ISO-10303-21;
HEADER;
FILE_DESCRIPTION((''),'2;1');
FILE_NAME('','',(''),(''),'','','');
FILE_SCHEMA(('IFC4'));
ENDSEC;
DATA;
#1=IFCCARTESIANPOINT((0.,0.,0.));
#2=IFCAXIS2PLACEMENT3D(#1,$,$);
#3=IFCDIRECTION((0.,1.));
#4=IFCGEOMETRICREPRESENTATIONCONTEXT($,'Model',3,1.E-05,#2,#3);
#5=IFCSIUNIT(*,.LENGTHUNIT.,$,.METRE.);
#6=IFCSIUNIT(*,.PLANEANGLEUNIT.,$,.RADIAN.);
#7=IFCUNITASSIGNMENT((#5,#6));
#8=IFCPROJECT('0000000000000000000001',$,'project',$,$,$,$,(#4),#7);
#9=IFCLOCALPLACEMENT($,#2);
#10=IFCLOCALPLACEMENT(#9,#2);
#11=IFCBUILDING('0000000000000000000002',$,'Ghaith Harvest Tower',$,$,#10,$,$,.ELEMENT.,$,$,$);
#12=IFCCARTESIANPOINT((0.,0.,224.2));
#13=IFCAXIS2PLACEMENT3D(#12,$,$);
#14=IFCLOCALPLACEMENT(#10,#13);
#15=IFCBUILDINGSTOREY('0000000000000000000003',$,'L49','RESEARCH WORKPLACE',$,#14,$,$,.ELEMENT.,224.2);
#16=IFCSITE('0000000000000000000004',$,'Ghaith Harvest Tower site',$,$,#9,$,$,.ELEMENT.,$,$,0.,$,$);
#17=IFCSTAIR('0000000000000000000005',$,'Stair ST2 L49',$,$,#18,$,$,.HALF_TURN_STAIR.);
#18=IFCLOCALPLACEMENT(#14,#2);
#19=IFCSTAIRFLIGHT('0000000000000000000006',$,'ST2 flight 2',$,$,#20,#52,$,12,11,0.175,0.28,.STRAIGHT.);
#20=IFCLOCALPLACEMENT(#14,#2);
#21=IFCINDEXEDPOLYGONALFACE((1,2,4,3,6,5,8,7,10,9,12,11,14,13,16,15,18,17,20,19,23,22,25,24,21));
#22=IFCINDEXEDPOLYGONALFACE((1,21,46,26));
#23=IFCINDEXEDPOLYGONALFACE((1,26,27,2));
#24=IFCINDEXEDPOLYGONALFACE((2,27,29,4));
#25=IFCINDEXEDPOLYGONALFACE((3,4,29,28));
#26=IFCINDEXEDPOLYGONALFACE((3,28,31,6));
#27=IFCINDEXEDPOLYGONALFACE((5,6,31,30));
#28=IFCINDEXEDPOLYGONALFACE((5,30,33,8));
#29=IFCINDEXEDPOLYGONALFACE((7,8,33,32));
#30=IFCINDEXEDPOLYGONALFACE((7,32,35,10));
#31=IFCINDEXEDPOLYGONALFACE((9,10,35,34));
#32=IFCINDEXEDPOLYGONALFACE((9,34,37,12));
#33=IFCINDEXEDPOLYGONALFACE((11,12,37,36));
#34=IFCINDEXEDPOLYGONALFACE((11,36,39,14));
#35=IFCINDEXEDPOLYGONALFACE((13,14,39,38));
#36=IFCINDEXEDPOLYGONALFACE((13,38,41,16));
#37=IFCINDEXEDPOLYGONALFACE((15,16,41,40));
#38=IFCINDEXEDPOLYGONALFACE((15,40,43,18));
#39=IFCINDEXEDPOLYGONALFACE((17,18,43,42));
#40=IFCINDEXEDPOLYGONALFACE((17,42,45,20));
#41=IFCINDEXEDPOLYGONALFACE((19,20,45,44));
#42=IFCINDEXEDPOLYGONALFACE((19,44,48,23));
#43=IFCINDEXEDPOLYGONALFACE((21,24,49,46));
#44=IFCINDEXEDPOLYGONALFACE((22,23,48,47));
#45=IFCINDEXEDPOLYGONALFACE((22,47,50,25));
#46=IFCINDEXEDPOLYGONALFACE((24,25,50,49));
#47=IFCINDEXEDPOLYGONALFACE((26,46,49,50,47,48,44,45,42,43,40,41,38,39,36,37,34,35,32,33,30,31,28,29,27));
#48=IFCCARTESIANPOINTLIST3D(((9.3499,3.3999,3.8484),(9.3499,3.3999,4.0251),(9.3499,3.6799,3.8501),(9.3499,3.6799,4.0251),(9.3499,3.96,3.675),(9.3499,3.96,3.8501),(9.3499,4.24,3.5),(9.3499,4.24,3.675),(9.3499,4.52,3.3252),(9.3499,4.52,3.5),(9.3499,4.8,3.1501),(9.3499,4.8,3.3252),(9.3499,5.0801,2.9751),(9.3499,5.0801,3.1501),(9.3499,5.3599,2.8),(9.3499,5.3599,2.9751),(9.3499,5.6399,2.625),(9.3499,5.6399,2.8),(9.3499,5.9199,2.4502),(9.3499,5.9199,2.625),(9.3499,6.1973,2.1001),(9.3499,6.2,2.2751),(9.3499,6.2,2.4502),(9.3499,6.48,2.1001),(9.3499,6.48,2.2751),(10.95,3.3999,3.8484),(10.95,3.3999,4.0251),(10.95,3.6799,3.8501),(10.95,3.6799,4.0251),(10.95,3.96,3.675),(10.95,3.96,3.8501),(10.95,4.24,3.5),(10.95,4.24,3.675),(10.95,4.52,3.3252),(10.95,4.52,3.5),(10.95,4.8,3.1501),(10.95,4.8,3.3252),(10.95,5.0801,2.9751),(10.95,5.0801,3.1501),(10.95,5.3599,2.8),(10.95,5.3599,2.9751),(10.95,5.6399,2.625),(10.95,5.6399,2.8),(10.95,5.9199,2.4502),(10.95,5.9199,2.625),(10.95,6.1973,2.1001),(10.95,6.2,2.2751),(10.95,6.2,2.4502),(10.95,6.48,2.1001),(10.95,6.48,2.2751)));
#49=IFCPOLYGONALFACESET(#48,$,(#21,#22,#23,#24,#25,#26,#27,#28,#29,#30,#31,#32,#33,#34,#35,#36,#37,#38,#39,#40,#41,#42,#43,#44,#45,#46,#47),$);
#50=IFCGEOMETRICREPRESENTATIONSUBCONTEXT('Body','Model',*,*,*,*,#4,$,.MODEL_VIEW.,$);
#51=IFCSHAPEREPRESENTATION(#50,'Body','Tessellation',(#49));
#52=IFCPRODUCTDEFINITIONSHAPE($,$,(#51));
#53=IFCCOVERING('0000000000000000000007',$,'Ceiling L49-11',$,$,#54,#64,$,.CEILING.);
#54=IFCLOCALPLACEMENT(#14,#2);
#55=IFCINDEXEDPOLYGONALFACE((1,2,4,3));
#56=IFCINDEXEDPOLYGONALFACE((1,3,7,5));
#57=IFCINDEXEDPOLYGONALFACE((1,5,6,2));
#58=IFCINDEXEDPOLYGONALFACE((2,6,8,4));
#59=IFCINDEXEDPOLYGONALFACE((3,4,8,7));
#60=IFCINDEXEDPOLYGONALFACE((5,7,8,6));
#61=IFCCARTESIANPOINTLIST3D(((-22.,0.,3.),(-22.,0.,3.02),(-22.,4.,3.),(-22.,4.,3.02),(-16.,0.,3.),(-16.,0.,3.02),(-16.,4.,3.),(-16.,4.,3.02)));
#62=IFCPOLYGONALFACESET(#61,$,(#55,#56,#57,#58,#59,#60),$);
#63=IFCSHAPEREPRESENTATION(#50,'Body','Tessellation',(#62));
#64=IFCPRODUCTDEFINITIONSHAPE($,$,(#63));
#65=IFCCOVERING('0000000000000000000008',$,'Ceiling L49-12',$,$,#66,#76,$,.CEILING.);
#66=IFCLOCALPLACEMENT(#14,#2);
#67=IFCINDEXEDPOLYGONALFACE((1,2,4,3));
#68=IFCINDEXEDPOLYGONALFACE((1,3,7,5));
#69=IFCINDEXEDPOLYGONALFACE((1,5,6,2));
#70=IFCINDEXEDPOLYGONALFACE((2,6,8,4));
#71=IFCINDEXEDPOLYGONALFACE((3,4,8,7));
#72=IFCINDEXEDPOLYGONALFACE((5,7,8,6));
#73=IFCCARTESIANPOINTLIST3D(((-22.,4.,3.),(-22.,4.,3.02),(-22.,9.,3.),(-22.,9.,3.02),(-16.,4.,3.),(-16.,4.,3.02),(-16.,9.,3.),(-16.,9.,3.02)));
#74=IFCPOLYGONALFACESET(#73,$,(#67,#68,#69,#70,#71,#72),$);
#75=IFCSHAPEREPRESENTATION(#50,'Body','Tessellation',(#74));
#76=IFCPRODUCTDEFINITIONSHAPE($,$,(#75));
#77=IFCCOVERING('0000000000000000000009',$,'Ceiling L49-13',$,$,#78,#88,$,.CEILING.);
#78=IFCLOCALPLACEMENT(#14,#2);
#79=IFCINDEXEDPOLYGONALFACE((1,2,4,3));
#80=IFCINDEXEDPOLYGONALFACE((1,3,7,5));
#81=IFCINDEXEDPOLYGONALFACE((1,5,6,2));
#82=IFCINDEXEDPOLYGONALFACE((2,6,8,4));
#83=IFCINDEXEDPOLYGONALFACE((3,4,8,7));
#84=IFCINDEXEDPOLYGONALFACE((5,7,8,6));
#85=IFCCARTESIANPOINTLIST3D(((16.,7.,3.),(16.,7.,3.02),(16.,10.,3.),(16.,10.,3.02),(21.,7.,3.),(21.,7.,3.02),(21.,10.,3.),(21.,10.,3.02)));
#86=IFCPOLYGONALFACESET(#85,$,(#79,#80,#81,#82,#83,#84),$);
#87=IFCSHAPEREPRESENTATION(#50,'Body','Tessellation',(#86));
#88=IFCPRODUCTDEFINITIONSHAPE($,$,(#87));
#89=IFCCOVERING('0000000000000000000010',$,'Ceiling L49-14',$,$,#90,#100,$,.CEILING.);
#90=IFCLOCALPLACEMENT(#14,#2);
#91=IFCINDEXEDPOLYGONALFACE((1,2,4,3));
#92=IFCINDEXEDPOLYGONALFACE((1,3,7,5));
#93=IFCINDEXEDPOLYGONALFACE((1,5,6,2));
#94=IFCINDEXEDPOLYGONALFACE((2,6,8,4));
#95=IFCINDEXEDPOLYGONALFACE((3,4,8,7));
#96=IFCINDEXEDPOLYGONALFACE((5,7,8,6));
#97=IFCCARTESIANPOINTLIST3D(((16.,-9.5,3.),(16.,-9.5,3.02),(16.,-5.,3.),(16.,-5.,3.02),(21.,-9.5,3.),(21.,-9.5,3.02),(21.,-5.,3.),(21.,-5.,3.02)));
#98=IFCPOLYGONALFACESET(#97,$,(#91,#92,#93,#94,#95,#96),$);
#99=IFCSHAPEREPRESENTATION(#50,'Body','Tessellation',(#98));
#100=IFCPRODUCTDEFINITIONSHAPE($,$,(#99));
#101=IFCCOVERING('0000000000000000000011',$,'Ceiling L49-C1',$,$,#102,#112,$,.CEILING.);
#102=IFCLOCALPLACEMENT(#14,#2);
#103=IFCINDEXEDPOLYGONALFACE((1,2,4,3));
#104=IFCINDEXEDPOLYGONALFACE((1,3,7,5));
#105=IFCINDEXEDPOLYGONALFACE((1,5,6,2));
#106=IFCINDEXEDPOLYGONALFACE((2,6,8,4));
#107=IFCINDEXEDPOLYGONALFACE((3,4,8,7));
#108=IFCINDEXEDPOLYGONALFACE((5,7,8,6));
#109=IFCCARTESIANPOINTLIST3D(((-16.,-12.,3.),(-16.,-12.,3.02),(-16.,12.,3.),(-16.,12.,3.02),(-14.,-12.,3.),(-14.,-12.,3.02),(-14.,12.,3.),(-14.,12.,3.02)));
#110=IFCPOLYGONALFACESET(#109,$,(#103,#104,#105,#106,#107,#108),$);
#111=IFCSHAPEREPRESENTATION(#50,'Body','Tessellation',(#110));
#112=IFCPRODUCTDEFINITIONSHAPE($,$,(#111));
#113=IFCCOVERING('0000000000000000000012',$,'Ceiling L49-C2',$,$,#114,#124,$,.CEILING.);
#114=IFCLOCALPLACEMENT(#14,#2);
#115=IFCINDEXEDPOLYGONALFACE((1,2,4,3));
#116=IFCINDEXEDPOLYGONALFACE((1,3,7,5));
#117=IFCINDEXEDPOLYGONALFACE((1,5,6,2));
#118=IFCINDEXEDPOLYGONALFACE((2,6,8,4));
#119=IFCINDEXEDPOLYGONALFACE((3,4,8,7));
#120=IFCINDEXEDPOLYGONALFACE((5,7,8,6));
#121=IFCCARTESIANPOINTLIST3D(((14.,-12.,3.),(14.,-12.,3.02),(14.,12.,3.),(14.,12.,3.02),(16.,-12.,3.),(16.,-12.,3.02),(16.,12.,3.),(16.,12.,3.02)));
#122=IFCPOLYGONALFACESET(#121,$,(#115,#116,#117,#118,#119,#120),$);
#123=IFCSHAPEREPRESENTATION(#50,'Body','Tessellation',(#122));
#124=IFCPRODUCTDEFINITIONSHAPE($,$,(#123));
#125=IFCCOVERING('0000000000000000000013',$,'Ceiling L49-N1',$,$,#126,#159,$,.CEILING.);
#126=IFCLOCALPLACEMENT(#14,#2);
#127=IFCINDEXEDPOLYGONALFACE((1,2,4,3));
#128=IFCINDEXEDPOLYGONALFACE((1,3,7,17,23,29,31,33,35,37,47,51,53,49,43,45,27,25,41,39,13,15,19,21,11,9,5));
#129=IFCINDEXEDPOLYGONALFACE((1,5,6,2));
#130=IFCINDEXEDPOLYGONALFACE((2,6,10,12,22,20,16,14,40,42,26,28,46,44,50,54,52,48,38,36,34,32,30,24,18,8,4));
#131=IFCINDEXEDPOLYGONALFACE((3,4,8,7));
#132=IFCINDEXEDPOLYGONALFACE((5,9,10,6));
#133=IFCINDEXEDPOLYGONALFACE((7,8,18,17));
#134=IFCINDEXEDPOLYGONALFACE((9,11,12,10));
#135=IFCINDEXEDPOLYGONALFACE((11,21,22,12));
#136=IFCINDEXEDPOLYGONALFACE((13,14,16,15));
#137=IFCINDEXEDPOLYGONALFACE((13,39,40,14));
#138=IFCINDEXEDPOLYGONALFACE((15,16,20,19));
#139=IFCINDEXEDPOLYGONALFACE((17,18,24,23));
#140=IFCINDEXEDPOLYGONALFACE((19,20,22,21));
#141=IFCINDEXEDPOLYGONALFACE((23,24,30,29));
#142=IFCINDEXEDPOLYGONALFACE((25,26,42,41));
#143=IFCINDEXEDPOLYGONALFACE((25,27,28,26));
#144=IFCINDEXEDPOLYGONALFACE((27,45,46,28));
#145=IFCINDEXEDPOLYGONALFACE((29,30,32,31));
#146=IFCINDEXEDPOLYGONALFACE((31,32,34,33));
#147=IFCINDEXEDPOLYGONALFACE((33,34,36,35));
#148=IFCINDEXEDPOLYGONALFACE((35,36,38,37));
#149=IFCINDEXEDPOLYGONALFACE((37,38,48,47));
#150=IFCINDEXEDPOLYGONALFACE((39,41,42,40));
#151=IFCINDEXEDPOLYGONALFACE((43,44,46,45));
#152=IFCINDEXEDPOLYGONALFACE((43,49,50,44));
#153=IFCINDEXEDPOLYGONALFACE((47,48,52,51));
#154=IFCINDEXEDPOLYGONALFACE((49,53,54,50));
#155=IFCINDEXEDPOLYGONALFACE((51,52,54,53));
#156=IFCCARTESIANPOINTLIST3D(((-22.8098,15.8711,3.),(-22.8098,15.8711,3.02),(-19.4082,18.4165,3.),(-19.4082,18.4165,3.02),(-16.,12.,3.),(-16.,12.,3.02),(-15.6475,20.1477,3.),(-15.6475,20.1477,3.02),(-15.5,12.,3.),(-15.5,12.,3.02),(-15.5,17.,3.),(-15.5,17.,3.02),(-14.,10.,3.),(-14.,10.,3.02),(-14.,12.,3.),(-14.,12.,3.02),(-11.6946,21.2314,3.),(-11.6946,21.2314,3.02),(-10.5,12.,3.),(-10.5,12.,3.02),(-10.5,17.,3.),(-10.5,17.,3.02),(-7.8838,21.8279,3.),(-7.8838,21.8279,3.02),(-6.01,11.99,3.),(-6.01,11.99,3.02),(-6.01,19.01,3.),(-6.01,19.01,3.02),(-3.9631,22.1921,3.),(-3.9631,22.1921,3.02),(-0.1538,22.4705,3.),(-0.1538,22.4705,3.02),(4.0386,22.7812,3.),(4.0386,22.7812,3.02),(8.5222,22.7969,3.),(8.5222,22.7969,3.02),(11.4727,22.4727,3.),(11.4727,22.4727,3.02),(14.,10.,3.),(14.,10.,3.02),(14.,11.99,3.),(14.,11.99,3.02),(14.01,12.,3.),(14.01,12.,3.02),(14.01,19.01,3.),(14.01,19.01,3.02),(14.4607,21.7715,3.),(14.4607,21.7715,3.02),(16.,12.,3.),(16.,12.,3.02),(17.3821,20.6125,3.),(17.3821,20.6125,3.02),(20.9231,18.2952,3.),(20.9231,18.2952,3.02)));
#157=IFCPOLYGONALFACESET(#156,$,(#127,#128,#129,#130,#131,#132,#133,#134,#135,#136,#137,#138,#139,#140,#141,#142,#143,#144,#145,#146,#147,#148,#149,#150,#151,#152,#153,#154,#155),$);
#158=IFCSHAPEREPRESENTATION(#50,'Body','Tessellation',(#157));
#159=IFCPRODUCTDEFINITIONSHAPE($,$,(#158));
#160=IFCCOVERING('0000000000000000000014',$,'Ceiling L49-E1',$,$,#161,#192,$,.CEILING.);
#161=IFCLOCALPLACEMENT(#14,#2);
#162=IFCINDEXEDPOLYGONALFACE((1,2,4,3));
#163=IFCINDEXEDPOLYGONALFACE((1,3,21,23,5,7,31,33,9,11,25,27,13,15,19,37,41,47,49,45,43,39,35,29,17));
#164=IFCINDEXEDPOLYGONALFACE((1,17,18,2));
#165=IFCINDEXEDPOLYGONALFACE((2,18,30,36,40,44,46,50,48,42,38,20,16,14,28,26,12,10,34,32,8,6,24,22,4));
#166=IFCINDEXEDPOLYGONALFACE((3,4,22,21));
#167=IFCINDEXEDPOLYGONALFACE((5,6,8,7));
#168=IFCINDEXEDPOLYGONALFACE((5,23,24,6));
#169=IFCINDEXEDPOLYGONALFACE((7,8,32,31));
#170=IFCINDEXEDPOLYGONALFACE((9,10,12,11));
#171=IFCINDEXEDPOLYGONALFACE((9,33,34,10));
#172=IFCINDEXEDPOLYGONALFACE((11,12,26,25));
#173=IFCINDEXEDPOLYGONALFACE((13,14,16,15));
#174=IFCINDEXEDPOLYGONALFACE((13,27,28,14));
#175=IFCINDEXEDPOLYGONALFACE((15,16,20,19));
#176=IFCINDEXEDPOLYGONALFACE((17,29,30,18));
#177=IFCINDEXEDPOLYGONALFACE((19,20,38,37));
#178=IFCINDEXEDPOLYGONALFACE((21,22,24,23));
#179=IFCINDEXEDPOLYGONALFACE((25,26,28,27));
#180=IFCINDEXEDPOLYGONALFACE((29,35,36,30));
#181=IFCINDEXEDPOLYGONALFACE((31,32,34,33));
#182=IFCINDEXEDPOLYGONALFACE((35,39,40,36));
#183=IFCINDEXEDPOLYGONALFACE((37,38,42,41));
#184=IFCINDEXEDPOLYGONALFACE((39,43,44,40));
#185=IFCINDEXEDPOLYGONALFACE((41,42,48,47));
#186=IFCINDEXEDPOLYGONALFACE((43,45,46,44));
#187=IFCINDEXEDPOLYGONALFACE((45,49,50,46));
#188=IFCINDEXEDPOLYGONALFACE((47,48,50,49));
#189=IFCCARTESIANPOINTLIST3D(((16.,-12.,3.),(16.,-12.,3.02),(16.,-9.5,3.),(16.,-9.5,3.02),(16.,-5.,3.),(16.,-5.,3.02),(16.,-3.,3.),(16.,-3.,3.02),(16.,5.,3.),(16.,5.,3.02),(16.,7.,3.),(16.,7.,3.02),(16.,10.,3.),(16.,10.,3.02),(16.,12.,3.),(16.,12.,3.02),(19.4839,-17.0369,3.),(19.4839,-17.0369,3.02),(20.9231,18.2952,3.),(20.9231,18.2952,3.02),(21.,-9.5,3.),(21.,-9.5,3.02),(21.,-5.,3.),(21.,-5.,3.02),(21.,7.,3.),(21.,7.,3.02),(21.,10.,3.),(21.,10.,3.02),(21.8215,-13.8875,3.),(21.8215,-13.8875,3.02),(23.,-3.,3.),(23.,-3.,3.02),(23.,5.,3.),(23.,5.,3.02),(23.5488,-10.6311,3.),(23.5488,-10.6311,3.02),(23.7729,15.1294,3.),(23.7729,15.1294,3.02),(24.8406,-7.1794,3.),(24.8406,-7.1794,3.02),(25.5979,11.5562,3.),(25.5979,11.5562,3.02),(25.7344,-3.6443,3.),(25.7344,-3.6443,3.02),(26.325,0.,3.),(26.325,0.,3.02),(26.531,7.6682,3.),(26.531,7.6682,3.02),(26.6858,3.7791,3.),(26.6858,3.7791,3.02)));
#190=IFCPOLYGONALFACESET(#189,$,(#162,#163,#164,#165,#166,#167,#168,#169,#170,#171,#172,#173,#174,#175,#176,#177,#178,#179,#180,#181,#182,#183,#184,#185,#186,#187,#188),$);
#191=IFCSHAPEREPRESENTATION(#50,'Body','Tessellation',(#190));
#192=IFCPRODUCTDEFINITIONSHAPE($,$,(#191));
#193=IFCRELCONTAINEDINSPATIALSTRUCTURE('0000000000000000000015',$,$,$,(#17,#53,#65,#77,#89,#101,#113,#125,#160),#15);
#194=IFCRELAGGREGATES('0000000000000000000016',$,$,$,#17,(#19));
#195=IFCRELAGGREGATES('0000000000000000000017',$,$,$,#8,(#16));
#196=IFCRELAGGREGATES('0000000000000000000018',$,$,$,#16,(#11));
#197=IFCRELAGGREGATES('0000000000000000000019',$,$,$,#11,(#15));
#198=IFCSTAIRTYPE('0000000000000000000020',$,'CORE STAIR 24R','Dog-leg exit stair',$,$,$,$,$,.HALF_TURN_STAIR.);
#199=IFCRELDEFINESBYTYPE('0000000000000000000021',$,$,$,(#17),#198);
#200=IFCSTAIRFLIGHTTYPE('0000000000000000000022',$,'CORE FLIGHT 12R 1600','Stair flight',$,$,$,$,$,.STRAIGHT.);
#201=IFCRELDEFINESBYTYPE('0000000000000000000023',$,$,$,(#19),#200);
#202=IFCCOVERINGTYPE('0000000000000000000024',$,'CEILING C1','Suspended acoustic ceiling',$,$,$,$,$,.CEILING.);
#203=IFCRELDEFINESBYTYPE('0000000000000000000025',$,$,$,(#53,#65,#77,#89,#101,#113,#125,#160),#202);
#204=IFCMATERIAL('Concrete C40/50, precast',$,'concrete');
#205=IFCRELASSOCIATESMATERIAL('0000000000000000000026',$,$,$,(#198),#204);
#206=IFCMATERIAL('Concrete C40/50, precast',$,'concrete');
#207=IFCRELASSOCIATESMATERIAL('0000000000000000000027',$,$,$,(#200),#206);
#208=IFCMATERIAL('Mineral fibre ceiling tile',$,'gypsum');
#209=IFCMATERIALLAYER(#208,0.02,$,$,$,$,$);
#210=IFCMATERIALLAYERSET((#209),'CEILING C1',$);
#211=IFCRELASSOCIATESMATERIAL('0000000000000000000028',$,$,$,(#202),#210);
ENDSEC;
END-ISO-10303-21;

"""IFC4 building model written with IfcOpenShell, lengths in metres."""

from ifc_helpers import new_model, si_unit, direction, frame, origin, place, context, subcontext, project, spatial, polyline, outline, extrude, material, layer, layer_set, type_object, element, aggregate, save


model = new_model("IFC4")

# Units and contexts
model_context = context("Model", 3, precision=1e-05, world=origin(), true_north=direction((0.0, 1.0)))
body_context = subcontext(model_context, "Body", "Model", "MODEL_VIEW")
ifc_project = project(units=[si_unit("LENGTHUNIT", "METRE"), si_unit("PLANEANGLEUNIT", "RADIAN")], contexts=[model_context])

# Site, building, storey
site_placement = place(None, origin())
site = spatial("IfcSite", under=ifc_project, at=site_placement, Name="Ghaith Harvest Tower site", CompositionType="ELEMENT", RefElevation=0.0)
building_placement = place(site_placement, origin())
building = spatial("IfcBuilding", under=site, at=building_placement, Name="Ghaith Harvest Tower", CompositionType="ELEMENT")
storey_placement = place(building_placement, frame((0.0, 0.0, 224.2)))
storey = spatial("IfcBuildingStorey", under=building, at=storey_placement, Name="L49", Description="RESEARCH WORKPLACE", CompositionType="ELEMENT", Elevation=224.2)

# Stair, stair flight
ifc_material_1 = material(Name="Concrete C40/50, precast", Category="concrete")
stair_type = type_object("IfcStairType", Name="CORE STAIR 24R", Description="Dog-leg exit stair", PredefinedType="HALF_TURN_STAIR", material=ifc_material_1)
stair_placement = place(storey_placement, origin())
stair = element("IfcStair", 1, at=stair_placement, inside=storey, type_object=stair_type, Name="Stair ST2 L49", PredefinedType="HALF_TURN_STAIR")
ifc_material_2 = material(Name="Concrete C40/50, precast", Category="concrete")
stair_flight_type = type_object("IfcStairFlightType", Name="CORE FLIGHT 12R 1600", Description="Stair flight", PredefinedType="STRAIGHT", material=ifc_material_2)
stair_flight_1_placement = place(storey_placement, frame((10.1499, 6.48, 2.1001), z_axis=(0.0, 0.0, 1.0), x_axis=(0.0, -1.0, 0.0)))
stair_flight_1 = element("IfcStairFlight", 2, at=stair_flight_1_placement, type_object=stair_flight_type, Name="ST2 flight 2", NumberOfRisers=12, NumberOfTreads=11, PredefinedType="STRAIGHT", RiserHeight=0.175, TreadLength=0.28, context=body_context, shape_type="SweptSolid", body=[
    extrude(outline(polyline([(0.0, 0.0), (0.0, 0.175), (0.28, 0.175), (0.28, 0.3501), (0.5601, 0.3501), (0.5601, 0.5249), (0.8401, 0.5249), (0.8401, 0.7), (1.1201, 0.7), (1.1201, 0.875), (1.3999, 0.875), (1.3999, 1.05), (1.6799, 1.05), (1.6799, 1.2251), (1.96, 1.2251), (1.96, 1.3999), (2.24, 1.3999), (2.24, 1.575), (2.52, 1.575), (2.52, 1.75), (2.8, 1.75), (2.8, 1.925), (3.0801, 1.925), (3.0801, 2.1001), (3.0801, 1.7483), (0.2827, 0.0), (0.0, 0.0)])), frame((0.0, 0.8, 0.0), z_axis=(0.0, -1.0, 0.0), x_axis=(1.0, 0.0, 0.0)), (0.0, 0.0, 1.0), 1.6001),
])
aggregate(stair, [stair_flight_1])

# Coverings
ifc_material_3 = material(Name="Mineral fibre ceiling tile", Category="gypsum")
ifc_layer_1 = layer(ifc_material_3, 0.02)
ifc_layer_set_1 = layer_set([ifc_layer_1], Name="CEILING C1")
covering_type = type_object("IfcCoveringType", Name="CEILING C1", Description="Suspended acoustic ceiling", PredefinedType="CEILING", material=ifc_layer_set_1)
covering_1_placement = place(storey_placement, frame((0.0, 0.0, 3.0)))
element("IfcCovering", 3, at=covering_1_placement, inside=storey, type_object=covering_type, Name="Ceiling L49-11", PredefinedType="CEILING", context=body_context, shape_type="SweptSolid", body=[
    extrude(outline(polyline([(-22.0, 0.0), (-16.0, 0.0), (-16.0, 4.0), (-22.0, 4.0), (-22.0, 0.0)])), origin(), (0.0, 0.0, 1.0), 0.02),
])
covering_2_placement = place(storey_placement, frame((0.0, 0.0, 3.0)))
element("IfcCovering", 4, at=covering_2_placement, inside=storey, type_object=covering_type, Name="Ceiling L49-12", PredefinedType="CEILING", context=body_context, shape_type="SweptSolid", body=[
    extrude(outline(polyline([(-22.0, 4.0), (-16.0, 4.0), (-16.0, 9.0), (-22.0, 9.0), (-22.0, 4.0)])), origin(), (0.0, 0.0, 1.0), 0.02),
])
covering_3_placement = place(storey_placement, frame((0.0, 0.0, 3.0)))
element("IfcCovering", 5, at=covering_3_placement, inside=storey, type_object=covering_type, Name="Ceiling L49-13", PredefinedType="CEILING", context=body_context, shape_type="SweptSolid", body=[
    extrude(outline(polyline([(16.0, 7.0), (21.0, 7.0), (21.0, 10.0), (16.0, 10.0), (16.0, 7.0)])), origin(), (0.0, 0.0, 1.0), 0.02),
])
covering_4_placement = place(storey_placement, frame((0.0, 0.0, 3.0)))
element("IfcCovering", 6, at=covering_4_placement, inside=storey, type_object=covering_type, Name="Ceiling L49-14", PredefinedType="CEILING", context=body_context, shape_type="SweptSolid", body=[
    extrude(outline(polyline([(16.0, -9.5), (21.0, -9.5), (21.0, -5.0), (16.0, -5.0), (16.0, -9.5)])), origin(), (0.0, 0.0, 1.0), 0.02),
])
covering_5_placement = place(storey_placement, frame((0.0, 0.0, 3.0)))
element("IfcCovering", 7, at=covering_5_placement, inside=storey, type_object=covering_type, Name="Ceiling L49-C1", PredefinedType="CEILING", context=body_context, shape_type="SweptSolid", body=[
    extrude(outline(polyline([(-14.0, 12.0), (-14.0, -12.0), (-16.0, -12.0), (-16.0, 12.0), (-14.0, 12.0)])), origin(), (0.0, 0.0, 1.0), 0.02),
])
covering_6_placement = place(storey_placement, frame((0.0, 0.0, 3.0)))
element("IfcCovering", 8, at=covering_6_placement, inside=storey, type_object=covering_type, Name="Ceiling L49-C2", PredefinedType="CEILING", context=body_context, shape_type="SweptSolid", body=[
    extrude(outline(polyline([(14.0, -12.0), (14.0, 12.0), (16.0, 12.0), (16.0, -12.0), (14.0, -12.0)])), origin(), (0.0, 0.0, 1.0), 0.02),
])
covering_7_placement = place(storey_placement, frame((0.0, 0.0, 3.0)))
element("IfcCovering", 9, at=covering_7_placement, inside=storey, type_object=covering_type, Name="Ceiling L49-N1", PredefinedType="CEILING", context=body_context, shape_type="SweptSolid", body=[
    extrude(outline(polyline([(-15.6475, 20.1477), (-11.6946, 21.2314), (-7.8838, 21.8279), (-3.9631, 22.1921), (-0.1538, 22.4705), (4.0386, 22.7812), (8.5222, 22.7969), (11.4727, 22.4727), (14.4607, 21.7715), (17.3821, 20.6125), (20.9231, 18.2952), (16.0, 12.0), (14.01, 12.0), (14.01, 19.01), (-6.01, 19.01), (-6.01, 11.99), (14.0, 11.99), (14.0, 10.0), (-14.0, 10.0), (-14.0, 12.0), (-10.5, 12.0), (-10.5, 17.0), (-15.5, 17.0), (-15.5, 12.0), (-16.0, 12.0), (-22.8098, 15.8711), (-19.4082, 18.4165), (-15.6475, 20.1477)])), origin(), (0.0, 0.0, 1.0), 0.02),
])
covering_8_placement = place(storey_placement, frame((0.0, 0.0, 3.0)))
element("IfcCovering", 10, at=covering_8_placement, inside=storey, type_object=covering_type, Name="Ceiling L49-E1", PredefinedType="CEILING", context=body_context, shape_type="SweptSolid", body=[
    extrude(outline(polyline([(23.7729, 15.1294), (25.5979, 11.5562), (26.531, 7.6682), (26.6858, 3.7791), (26.325, 0.0), (25.7344, -3.6443), (24.8406, -7.1794), (23.5488, -10.6311), (21.8215, -13.8875), (19.4839, -17.0369), (16.0, -12.0), (16.0, -9.5), (21.0, -9.5), (21.0, -5.0), (16.0, -5.0), (16.0, -3.0), (23.0, -3.0), (23.0, 5.0), (16.0, 5.0), (16.0, 7.0), (21.0, 7.0), (21.0, 10.0), (16.0, 10.0), (16.0, 12.0), (20.9231, 18.2952), (23.7729, 15.1294)])), origin(), (0.0, 0.0, 1.0), 0.02),
])

save(model, "model.ifc")
